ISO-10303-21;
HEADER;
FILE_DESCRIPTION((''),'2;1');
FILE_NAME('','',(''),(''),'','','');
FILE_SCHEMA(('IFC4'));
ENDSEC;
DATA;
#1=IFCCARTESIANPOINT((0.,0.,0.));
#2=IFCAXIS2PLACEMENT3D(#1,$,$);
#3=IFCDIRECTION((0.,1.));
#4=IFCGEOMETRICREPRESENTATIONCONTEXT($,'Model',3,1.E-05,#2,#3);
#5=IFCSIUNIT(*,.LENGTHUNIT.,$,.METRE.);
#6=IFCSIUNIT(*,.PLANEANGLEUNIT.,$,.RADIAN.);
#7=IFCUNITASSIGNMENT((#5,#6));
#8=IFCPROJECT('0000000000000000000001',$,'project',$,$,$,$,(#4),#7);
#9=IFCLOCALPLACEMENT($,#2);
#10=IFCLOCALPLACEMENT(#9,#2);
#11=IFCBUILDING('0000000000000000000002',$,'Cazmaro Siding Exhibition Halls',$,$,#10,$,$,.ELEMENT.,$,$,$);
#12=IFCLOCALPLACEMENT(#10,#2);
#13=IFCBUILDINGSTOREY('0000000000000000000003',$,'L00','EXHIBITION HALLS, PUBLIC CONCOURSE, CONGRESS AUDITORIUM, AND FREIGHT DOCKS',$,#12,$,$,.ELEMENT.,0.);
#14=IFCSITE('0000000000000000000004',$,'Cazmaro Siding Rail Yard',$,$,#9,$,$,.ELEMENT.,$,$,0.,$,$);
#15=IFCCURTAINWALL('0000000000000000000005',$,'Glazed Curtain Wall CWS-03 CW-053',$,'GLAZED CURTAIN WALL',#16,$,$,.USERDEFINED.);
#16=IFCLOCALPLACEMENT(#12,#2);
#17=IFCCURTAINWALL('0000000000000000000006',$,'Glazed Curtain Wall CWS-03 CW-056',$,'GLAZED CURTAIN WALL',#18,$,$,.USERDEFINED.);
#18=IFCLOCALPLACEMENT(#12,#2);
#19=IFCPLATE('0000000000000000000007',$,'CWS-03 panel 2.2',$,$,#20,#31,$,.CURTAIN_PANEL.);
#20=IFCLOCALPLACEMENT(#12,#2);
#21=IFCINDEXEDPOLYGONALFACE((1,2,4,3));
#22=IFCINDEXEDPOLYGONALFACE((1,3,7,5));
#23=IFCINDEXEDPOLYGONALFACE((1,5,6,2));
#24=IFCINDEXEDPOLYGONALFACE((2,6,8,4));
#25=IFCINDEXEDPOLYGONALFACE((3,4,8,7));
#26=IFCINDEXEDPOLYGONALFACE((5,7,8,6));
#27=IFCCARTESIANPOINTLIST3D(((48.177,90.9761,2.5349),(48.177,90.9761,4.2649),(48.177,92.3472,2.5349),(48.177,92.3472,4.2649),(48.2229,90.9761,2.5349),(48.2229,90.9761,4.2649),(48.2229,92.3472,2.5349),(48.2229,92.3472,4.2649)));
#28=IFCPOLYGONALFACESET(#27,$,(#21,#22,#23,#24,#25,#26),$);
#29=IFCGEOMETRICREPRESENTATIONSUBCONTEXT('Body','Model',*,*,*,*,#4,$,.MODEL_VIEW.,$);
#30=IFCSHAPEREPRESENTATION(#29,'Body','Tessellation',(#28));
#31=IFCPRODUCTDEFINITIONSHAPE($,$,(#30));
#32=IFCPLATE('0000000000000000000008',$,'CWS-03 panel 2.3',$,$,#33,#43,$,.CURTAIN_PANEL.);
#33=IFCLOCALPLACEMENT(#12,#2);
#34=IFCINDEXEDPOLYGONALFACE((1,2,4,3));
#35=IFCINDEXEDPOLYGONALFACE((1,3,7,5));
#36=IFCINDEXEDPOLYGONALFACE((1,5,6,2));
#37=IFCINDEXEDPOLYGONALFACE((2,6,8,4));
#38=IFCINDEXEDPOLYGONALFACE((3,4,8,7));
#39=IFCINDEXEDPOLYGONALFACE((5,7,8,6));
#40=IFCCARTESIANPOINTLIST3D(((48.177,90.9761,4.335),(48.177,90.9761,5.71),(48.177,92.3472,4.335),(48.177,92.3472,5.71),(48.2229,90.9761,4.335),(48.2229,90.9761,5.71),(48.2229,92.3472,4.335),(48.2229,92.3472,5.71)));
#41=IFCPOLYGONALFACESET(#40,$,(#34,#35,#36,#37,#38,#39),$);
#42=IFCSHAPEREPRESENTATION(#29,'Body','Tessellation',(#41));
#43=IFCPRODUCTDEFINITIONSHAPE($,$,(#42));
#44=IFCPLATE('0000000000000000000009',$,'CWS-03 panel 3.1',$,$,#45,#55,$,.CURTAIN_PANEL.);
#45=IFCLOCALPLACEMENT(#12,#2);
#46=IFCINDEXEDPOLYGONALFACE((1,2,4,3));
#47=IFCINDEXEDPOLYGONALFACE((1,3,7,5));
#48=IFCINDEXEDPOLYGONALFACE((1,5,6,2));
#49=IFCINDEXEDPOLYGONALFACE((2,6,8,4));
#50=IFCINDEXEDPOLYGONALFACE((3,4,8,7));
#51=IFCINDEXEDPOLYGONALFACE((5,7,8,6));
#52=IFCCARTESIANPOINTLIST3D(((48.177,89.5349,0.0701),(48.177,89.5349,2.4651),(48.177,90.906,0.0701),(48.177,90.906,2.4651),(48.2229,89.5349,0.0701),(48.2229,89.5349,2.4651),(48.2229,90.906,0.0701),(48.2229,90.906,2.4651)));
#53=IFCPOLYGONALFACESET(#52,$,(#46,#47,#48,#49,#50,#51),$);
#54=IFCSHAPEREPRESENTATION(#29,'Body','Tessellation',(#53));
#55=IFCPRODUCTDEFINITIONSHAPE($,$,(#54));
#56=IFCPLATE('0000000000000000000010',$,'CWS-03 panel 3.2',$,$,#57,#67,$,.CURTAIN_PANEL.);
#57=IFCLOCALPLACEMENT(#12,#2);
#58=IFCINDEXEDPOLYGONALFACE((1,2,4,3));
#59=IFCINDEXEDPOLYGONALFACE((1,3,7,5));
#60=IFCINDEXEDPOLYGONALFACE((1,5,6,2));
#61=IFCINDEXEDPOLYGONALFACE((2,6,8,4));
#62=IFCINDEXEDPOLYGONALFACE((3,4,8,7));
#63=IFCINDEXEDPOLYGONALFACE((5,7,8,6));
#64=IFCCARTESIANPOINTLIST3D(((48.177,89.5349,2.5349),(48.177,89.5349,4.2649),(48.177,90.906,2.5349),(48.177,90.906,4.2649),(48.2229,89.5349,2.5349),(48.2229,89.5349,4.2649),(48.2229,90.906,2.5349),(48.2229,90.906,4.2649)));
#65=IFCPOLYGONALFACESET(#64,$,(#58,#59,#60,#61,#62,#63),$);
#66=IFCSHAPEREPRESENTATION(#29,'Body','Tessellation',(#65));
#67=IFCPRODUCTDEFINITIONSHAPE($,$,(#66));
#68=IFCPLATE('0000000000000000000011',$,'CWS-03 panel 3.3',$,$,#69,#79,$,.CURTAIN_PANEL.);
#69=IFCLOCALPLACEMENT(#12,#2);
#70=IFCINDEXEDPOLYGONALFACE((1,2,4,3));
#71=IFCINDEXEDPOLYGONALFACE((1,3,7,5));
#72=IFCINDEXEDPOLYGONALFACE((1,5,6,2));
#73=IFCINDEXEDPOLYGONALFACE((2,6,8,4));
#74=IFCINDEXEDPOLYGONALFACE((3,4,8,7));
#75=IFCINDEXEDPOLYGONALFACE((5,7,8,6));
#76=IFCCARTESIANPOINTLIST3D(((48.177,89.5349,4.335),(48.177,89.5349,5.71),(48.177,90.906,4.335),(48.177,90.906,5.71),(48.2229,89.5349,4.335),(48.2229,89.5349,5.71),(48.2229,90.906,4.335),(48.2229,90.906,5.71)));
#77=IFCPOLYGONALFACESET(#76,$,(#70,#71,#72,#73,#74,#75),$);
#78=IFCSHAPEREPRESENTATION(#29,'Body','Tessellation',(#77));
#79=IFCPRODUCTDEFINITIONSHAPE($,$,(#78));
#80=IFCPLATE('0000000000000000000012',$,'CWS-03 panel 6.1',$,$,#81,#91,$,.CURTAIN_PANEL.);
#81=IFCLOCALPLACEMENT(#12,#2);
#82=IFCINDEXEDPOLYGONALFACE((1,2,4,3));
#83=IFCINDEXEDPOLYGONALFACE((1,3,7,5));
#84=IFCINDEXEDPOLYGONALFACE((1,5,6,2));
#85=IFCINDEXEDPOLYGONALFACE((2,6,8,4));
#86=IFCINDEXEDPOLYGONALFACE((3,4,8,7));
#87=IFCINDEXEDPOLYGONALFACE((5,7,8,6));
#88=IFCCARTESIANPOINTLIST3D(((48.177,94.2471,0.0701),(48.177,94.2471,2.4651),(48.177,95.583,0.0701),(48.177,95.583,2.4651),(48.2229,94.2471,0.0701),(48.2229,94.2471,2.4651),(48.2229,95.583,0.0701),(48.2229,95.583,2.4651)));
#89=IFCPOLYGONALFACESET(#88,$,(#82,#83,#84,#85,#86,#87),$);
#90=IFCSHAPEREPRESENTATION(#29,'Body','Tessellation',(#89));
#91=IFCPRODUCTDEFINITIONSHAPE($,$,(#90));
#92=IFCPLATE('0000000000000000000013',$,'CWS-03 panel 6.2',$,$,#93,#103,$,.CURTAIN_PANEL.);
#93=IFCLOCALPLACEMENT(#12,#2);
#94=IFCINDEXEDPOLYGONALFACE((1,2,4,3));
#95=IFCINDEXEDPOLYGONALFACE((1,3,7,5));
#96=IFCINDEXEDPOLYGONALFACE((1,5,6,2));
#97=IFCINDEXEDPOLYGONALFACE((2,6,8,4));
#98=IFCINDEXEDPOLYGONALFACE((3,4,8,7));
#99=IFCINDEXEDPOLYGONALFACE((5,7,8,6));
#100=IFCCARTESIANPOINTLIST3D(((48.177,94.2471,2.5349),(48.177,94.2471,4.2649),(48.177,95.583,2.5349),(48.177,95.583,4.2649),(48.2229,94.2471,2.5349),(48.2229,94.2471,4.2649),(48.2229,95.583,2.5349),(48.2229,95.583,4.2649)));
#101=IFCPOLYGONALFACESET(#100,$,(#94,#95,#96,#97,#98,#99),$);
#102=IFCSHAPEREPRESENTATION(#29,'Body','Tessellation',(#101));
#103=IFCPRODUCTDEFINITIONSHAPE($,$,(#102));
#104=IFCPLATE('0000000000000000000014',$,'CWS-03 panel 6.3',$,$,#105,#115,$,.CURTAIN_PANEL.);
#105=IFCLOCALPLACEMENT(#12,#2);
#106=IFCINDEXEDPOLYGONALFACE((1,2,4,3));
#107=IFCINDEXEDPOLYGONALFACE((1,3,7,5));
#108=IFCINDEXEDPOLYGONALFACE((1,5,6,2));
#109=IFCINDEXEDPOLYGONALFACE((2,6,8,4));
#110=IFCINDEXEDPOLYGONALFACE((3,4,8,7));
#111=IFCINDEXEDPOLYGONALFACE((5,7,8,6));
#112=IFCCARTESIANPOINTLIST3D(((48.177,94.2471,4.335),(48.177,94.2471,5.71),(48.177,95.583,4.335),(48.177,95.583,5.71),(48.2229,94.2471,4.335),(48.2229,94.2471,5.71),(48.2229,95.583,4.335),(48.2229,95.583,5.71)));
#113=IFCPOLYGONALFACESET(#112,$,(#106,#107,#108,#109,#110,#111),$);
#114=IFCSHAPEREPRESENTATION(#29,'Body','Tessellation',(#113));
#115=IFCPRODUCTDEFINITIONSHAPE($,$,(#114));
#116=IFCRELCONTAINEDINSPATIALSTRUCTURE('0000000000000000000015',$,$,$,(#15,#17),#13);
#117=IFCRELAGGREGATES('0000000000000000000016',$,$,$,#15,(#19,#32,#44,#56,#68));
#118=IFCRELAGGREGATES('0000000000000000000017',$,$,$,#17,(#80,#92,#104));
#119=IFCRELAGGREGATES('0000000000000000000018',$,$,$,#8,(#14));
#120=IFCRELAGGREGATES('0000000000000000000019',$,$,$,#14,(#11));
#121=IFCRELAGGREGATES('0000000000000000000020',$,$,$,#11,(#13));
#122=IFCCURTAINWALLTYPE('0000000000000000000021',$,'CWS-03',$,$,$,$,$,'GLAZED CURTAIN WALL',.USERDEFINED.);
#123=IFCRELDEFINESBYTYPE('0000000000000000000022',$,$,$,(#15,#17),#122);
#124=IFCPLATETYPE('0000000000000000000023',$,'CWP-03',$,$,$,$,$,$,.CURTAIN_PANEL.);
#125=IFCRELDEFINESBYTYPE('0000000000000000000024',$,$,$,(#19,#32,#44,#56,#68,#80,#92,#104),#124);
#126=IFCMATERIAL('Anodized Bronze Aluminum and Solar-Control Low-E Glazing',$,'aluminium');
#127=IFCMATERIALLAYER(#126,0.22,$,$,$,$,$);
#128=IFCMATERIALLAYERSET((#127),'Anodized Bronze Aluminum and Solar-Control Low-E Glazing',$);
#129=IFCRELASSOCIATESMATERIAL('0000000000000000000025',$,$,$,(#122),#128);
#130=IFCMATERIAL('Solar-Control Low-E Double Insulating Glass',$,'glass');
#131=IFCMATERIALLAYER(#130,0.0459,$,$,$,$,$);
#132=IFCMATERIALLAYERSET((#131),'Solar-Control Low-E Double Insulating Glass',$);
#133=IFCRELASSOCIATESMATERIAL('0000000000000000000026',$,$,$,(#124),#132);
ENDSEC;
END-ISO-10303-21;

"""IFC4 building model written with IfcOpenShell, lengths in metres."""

from ifc_helpers import new_model, si_unit, direction, frame, origin, origin_2d, place, context, subcontext, project, spatial, rectangle, extrude, material, layer, layer_set, type_object, element, aggregate, save


model = new_model("IFC4")

# Units and contexts
model_context = context("Model", 3, precision=1e-05, world=origin(), true_north=direction((0.0, 1.0)))
body_context = subcontext(model_context, "Body", "Model", "MODEL_VIEW")
ifc_project = project(units=[si_unit("LENGTHUNIT", "METRE"), si_unit("PLANEANGLEUNIT", "RADIAN")], contexts=[model_context])

# Site, building, storey
site_placement = place(None, origin())
site = spatial("IfcSite", under=ifc_project, at=site_placement, Name="Cazmaro Siding Rail Yard", CompositionType="ELEMENT", RefElevation=0.0)
building_placement = place(site_placement, origin())
building = spatial("IfcBuilding", under=site, at=building_placement, Name="Cazmaro Siding Exhibition Halls", CompositionType="ELEMENT")
storey_placement = place(building_placement, origin())
storey = spatial("IfcBuildingStorey", under=building, at=storey_placement, Name="L00", Description="EXHIBITION HALLS, PUBLIC CONCOURSE, CONGRESS AUDITORIUM, AND FREIGHT DOCKS", CompositionType="ELEMENT", Elevation=0.0)

# Curtain wall
ifc_material_1 = material(Name="Anodized Bronze Aluminum and Solar-Control Low-E Glazing", Category="aluminium")
ifc_layer_1 = layer(ifc_material_1, 0.22)
ifc_layer_set_1 = layer_set([ifc_layer_1], Name="Anodized Bronze Aluminum and Solar-Control Low-E Glazing")
curtain_wall_type = type_object("IfcCurtainWallType", Name="CWS-03", ElementType="GLAZED CURTAIN WALL", PredefinedType="USERDEFINED", material=ifc_layer_set_1)
curtain_wall_1_placement = place(storey_placement, origin())
curtain_wall_1 = element("IfcCurtainWall", 1, at=curtain_wall_1_placement, inside=storey, type_object=curtain_wall_type, Name="Glazed Curtain Wall CWS-03 CW-053", ObjectType="GLAZED CURTAIN WALL", PredefinedType="USERDEFINED")

# Curtain wall
curtain_wall_2_placement = place(storey_placement, origin())
curtain_wall_2 = element("IfcCurtainWall", 2, at=curtain_wall_2_placement, inside=storey, type_object=curtain_wall_type, Name="Glazed Curtain Wall CWS-03 CW-056", ObjectType="GLAZED CURTAIN WALL", PredefinedType="USERDEFINED")

# Plates
ifc_material_2 = material(Name="Solar-Control Low-E Double Insulating Glass", Category="glass")
ifc_layer_2 = layer(ifc_material_2, 0.0459)
ifc_layer_set_2 = layer_set([ifc_layer_2], Name="Solar-Control Low-E Double Insulating Glass")
plate_type = type_object("IfcPlateType", Name="CWP-03", PredefinedType="CURTAIN_PANEL", material=ifc_layer_set_2)
plate_1_placement = place(storey_placement, frame((48.2, 91.6616, 2.5349), z_axis=(0.0, 0.0, 1.0), x_axis=(0.0, -1.0, 0.0)))
plate_1 = element("IfcPlate", 3, at=plate_1_placement, type_object=plate_type, Name="CWS-03 panel 2.2", PredefinedType="CURTAIN_PANEL", context=body_context, shape_type="SweptSolid", body=[
    extrude(rectangle(XDim=1.3711, YDim=0.0459, at=origin_2d()), origin(), (0.0, 0.0, 1.0), 1.73),
])
plate_2_placement = place(storey_placement, frame((48.2, 91.6616, 4.335), z_axis=(0.0, 0.0, 1.0), x_axis=(0.0, -1.0, 0.0)))
plate_2 = element("IfcPlate", 4, at=plate_2_placement, type_object=plate_type, Name="CWS-03 panel 2.3", PredefinedType="CURTAIN_PANEL", context=body_context, shape_type="SweptSolid", body=[
    extrude(rectangle(XDim=1.3711, YDim=0.0459, at=origin_2d()), origin(), (0.0, 0.0, 1.0), 1.375),
])
plate_3_placement = place(storey_placement, frame((48.2, 90.2205, 0.0701), z_axis=(0.0, 0.0, 1.0), x_axis=(0.0, -1.0, 0.0)))
plate_3 = element("IfcPlate", 5, at=plate_3_placement, type_object=plate_type, Name="CWS-03 panel 3.1", PredefinedType="CURTAIN_PANEL", context=body_context, shape_type="SweptSolid", body=[
    extrude(rectangle(XDim=1.3711, YDim=0.0459, at=origin_2d()), origin(), (0.0, 0.0, 1.0), 2.395),
])
plate_4_placement = place(storey_placement, frame((48.2, 90.2205, 2.5349), z_axis=(0.0, 0.0, 1.0), x_axis=(0.0, -1.0, 0.0)))
plate_4 = element("IfcPlate", 6, at=plate_4_placement, type_object=plate_type, Name="CWS-03 panel 3.2", PredefinedType="CURTAIN_PANEL", context=body_context, shape_type="SweptSolid", body=[
    extrude(rectangle(XDim=1.3711, YDim=0.0459, at=origin_2d()), origin(), (0.0, 0.0, 1.0), 1.73),
])
plate_5_placement = place(storey_placement, frame((48.2, 90.2205, 4.335), z_axis=(0.0, 0.0, 1.0), x_axis=(0.0, -1.0, 0.0)))
plate_5 = element("IfcPlate", 7, at=plate_5_placement, type_object=plate_type, Name="CWS-03 panel 3.3", PredefinedType="CURTAIN_PANEL", context=body_context, shape_type="SweptSolid", body=[
    extrude(rectangle(XDim=1.3711, YDim=0.0459, at=origin_2d()), origin(), (0.0, 0.0, 1.0), 1.375),
])
aggregate(curtain_wall_1, [plate_1, plate_2, plate_3, plate_4, plate_5])
plate_6_placement = place(storey_placement, frame((48.2, 94.915, 0.0701), z_axis=(0.0, 0.0, 1.0), x_axis=(0.0, -1.0, 0.0)))
plate_6 = element("IfcPlate", 8, at=plate_6_placement, type_object=plate_type, Name="CWS-03 panel 6.1", PredefinedType="CURTAIN_PANEL", context=body_context, shape_type="SweptSolid", body=[
    extrude(rectangle(XDim=1.3359, YDim=0.0459, at=origin_2d()), origin(), (0.0, 0.0, 1.0), 2.395),
])
plate_7_placement = place(storey_placement, frame((48.2, 94.915, 2.5349), z_axis=(0.0, 0.0, 1.0), x_axis=(0.0, -1.0, 0.0)))
plate_7 = element("IfcPlate", 9, at=plate_7_placement, type_object=plate_type, Name="CWS-03 panel 6.2", PredefinedType="CURTAIN_PANEL", context=body_context, shape_type="SweptSolid", body=[
    extrude(rectangle(XDim=1.3359, YDim=0.0459, at=origin_2d()), origin(), (0.0, 0.0, 1.0), 1.73),
])
plate_8_placement = place(storey_placement, frame((48.2, 94.915, 4.335), z_axis=(0.0, 0.0, 1.0), x_axis=(0.0, -1.0, 0.0)))
plate_8 = element("IfcPlate", 10, at=plate_8_placement, type_object=plate_type, Name="CWS-03 panel 6.3", PredefinedType="CURTAIN_PANEL", context=body_context, shape_type="SweptSolid", body=[
    extrude(rectangle(XDim=1.3359, YDim=0.0459, at=origin_2d()), origin(), (0.0, 0.0, 1.0), 1.375),
])
aggregate(curtain_wall_2, [plate_6, plate_7, plate_8])

save(model, "model.ifc")
